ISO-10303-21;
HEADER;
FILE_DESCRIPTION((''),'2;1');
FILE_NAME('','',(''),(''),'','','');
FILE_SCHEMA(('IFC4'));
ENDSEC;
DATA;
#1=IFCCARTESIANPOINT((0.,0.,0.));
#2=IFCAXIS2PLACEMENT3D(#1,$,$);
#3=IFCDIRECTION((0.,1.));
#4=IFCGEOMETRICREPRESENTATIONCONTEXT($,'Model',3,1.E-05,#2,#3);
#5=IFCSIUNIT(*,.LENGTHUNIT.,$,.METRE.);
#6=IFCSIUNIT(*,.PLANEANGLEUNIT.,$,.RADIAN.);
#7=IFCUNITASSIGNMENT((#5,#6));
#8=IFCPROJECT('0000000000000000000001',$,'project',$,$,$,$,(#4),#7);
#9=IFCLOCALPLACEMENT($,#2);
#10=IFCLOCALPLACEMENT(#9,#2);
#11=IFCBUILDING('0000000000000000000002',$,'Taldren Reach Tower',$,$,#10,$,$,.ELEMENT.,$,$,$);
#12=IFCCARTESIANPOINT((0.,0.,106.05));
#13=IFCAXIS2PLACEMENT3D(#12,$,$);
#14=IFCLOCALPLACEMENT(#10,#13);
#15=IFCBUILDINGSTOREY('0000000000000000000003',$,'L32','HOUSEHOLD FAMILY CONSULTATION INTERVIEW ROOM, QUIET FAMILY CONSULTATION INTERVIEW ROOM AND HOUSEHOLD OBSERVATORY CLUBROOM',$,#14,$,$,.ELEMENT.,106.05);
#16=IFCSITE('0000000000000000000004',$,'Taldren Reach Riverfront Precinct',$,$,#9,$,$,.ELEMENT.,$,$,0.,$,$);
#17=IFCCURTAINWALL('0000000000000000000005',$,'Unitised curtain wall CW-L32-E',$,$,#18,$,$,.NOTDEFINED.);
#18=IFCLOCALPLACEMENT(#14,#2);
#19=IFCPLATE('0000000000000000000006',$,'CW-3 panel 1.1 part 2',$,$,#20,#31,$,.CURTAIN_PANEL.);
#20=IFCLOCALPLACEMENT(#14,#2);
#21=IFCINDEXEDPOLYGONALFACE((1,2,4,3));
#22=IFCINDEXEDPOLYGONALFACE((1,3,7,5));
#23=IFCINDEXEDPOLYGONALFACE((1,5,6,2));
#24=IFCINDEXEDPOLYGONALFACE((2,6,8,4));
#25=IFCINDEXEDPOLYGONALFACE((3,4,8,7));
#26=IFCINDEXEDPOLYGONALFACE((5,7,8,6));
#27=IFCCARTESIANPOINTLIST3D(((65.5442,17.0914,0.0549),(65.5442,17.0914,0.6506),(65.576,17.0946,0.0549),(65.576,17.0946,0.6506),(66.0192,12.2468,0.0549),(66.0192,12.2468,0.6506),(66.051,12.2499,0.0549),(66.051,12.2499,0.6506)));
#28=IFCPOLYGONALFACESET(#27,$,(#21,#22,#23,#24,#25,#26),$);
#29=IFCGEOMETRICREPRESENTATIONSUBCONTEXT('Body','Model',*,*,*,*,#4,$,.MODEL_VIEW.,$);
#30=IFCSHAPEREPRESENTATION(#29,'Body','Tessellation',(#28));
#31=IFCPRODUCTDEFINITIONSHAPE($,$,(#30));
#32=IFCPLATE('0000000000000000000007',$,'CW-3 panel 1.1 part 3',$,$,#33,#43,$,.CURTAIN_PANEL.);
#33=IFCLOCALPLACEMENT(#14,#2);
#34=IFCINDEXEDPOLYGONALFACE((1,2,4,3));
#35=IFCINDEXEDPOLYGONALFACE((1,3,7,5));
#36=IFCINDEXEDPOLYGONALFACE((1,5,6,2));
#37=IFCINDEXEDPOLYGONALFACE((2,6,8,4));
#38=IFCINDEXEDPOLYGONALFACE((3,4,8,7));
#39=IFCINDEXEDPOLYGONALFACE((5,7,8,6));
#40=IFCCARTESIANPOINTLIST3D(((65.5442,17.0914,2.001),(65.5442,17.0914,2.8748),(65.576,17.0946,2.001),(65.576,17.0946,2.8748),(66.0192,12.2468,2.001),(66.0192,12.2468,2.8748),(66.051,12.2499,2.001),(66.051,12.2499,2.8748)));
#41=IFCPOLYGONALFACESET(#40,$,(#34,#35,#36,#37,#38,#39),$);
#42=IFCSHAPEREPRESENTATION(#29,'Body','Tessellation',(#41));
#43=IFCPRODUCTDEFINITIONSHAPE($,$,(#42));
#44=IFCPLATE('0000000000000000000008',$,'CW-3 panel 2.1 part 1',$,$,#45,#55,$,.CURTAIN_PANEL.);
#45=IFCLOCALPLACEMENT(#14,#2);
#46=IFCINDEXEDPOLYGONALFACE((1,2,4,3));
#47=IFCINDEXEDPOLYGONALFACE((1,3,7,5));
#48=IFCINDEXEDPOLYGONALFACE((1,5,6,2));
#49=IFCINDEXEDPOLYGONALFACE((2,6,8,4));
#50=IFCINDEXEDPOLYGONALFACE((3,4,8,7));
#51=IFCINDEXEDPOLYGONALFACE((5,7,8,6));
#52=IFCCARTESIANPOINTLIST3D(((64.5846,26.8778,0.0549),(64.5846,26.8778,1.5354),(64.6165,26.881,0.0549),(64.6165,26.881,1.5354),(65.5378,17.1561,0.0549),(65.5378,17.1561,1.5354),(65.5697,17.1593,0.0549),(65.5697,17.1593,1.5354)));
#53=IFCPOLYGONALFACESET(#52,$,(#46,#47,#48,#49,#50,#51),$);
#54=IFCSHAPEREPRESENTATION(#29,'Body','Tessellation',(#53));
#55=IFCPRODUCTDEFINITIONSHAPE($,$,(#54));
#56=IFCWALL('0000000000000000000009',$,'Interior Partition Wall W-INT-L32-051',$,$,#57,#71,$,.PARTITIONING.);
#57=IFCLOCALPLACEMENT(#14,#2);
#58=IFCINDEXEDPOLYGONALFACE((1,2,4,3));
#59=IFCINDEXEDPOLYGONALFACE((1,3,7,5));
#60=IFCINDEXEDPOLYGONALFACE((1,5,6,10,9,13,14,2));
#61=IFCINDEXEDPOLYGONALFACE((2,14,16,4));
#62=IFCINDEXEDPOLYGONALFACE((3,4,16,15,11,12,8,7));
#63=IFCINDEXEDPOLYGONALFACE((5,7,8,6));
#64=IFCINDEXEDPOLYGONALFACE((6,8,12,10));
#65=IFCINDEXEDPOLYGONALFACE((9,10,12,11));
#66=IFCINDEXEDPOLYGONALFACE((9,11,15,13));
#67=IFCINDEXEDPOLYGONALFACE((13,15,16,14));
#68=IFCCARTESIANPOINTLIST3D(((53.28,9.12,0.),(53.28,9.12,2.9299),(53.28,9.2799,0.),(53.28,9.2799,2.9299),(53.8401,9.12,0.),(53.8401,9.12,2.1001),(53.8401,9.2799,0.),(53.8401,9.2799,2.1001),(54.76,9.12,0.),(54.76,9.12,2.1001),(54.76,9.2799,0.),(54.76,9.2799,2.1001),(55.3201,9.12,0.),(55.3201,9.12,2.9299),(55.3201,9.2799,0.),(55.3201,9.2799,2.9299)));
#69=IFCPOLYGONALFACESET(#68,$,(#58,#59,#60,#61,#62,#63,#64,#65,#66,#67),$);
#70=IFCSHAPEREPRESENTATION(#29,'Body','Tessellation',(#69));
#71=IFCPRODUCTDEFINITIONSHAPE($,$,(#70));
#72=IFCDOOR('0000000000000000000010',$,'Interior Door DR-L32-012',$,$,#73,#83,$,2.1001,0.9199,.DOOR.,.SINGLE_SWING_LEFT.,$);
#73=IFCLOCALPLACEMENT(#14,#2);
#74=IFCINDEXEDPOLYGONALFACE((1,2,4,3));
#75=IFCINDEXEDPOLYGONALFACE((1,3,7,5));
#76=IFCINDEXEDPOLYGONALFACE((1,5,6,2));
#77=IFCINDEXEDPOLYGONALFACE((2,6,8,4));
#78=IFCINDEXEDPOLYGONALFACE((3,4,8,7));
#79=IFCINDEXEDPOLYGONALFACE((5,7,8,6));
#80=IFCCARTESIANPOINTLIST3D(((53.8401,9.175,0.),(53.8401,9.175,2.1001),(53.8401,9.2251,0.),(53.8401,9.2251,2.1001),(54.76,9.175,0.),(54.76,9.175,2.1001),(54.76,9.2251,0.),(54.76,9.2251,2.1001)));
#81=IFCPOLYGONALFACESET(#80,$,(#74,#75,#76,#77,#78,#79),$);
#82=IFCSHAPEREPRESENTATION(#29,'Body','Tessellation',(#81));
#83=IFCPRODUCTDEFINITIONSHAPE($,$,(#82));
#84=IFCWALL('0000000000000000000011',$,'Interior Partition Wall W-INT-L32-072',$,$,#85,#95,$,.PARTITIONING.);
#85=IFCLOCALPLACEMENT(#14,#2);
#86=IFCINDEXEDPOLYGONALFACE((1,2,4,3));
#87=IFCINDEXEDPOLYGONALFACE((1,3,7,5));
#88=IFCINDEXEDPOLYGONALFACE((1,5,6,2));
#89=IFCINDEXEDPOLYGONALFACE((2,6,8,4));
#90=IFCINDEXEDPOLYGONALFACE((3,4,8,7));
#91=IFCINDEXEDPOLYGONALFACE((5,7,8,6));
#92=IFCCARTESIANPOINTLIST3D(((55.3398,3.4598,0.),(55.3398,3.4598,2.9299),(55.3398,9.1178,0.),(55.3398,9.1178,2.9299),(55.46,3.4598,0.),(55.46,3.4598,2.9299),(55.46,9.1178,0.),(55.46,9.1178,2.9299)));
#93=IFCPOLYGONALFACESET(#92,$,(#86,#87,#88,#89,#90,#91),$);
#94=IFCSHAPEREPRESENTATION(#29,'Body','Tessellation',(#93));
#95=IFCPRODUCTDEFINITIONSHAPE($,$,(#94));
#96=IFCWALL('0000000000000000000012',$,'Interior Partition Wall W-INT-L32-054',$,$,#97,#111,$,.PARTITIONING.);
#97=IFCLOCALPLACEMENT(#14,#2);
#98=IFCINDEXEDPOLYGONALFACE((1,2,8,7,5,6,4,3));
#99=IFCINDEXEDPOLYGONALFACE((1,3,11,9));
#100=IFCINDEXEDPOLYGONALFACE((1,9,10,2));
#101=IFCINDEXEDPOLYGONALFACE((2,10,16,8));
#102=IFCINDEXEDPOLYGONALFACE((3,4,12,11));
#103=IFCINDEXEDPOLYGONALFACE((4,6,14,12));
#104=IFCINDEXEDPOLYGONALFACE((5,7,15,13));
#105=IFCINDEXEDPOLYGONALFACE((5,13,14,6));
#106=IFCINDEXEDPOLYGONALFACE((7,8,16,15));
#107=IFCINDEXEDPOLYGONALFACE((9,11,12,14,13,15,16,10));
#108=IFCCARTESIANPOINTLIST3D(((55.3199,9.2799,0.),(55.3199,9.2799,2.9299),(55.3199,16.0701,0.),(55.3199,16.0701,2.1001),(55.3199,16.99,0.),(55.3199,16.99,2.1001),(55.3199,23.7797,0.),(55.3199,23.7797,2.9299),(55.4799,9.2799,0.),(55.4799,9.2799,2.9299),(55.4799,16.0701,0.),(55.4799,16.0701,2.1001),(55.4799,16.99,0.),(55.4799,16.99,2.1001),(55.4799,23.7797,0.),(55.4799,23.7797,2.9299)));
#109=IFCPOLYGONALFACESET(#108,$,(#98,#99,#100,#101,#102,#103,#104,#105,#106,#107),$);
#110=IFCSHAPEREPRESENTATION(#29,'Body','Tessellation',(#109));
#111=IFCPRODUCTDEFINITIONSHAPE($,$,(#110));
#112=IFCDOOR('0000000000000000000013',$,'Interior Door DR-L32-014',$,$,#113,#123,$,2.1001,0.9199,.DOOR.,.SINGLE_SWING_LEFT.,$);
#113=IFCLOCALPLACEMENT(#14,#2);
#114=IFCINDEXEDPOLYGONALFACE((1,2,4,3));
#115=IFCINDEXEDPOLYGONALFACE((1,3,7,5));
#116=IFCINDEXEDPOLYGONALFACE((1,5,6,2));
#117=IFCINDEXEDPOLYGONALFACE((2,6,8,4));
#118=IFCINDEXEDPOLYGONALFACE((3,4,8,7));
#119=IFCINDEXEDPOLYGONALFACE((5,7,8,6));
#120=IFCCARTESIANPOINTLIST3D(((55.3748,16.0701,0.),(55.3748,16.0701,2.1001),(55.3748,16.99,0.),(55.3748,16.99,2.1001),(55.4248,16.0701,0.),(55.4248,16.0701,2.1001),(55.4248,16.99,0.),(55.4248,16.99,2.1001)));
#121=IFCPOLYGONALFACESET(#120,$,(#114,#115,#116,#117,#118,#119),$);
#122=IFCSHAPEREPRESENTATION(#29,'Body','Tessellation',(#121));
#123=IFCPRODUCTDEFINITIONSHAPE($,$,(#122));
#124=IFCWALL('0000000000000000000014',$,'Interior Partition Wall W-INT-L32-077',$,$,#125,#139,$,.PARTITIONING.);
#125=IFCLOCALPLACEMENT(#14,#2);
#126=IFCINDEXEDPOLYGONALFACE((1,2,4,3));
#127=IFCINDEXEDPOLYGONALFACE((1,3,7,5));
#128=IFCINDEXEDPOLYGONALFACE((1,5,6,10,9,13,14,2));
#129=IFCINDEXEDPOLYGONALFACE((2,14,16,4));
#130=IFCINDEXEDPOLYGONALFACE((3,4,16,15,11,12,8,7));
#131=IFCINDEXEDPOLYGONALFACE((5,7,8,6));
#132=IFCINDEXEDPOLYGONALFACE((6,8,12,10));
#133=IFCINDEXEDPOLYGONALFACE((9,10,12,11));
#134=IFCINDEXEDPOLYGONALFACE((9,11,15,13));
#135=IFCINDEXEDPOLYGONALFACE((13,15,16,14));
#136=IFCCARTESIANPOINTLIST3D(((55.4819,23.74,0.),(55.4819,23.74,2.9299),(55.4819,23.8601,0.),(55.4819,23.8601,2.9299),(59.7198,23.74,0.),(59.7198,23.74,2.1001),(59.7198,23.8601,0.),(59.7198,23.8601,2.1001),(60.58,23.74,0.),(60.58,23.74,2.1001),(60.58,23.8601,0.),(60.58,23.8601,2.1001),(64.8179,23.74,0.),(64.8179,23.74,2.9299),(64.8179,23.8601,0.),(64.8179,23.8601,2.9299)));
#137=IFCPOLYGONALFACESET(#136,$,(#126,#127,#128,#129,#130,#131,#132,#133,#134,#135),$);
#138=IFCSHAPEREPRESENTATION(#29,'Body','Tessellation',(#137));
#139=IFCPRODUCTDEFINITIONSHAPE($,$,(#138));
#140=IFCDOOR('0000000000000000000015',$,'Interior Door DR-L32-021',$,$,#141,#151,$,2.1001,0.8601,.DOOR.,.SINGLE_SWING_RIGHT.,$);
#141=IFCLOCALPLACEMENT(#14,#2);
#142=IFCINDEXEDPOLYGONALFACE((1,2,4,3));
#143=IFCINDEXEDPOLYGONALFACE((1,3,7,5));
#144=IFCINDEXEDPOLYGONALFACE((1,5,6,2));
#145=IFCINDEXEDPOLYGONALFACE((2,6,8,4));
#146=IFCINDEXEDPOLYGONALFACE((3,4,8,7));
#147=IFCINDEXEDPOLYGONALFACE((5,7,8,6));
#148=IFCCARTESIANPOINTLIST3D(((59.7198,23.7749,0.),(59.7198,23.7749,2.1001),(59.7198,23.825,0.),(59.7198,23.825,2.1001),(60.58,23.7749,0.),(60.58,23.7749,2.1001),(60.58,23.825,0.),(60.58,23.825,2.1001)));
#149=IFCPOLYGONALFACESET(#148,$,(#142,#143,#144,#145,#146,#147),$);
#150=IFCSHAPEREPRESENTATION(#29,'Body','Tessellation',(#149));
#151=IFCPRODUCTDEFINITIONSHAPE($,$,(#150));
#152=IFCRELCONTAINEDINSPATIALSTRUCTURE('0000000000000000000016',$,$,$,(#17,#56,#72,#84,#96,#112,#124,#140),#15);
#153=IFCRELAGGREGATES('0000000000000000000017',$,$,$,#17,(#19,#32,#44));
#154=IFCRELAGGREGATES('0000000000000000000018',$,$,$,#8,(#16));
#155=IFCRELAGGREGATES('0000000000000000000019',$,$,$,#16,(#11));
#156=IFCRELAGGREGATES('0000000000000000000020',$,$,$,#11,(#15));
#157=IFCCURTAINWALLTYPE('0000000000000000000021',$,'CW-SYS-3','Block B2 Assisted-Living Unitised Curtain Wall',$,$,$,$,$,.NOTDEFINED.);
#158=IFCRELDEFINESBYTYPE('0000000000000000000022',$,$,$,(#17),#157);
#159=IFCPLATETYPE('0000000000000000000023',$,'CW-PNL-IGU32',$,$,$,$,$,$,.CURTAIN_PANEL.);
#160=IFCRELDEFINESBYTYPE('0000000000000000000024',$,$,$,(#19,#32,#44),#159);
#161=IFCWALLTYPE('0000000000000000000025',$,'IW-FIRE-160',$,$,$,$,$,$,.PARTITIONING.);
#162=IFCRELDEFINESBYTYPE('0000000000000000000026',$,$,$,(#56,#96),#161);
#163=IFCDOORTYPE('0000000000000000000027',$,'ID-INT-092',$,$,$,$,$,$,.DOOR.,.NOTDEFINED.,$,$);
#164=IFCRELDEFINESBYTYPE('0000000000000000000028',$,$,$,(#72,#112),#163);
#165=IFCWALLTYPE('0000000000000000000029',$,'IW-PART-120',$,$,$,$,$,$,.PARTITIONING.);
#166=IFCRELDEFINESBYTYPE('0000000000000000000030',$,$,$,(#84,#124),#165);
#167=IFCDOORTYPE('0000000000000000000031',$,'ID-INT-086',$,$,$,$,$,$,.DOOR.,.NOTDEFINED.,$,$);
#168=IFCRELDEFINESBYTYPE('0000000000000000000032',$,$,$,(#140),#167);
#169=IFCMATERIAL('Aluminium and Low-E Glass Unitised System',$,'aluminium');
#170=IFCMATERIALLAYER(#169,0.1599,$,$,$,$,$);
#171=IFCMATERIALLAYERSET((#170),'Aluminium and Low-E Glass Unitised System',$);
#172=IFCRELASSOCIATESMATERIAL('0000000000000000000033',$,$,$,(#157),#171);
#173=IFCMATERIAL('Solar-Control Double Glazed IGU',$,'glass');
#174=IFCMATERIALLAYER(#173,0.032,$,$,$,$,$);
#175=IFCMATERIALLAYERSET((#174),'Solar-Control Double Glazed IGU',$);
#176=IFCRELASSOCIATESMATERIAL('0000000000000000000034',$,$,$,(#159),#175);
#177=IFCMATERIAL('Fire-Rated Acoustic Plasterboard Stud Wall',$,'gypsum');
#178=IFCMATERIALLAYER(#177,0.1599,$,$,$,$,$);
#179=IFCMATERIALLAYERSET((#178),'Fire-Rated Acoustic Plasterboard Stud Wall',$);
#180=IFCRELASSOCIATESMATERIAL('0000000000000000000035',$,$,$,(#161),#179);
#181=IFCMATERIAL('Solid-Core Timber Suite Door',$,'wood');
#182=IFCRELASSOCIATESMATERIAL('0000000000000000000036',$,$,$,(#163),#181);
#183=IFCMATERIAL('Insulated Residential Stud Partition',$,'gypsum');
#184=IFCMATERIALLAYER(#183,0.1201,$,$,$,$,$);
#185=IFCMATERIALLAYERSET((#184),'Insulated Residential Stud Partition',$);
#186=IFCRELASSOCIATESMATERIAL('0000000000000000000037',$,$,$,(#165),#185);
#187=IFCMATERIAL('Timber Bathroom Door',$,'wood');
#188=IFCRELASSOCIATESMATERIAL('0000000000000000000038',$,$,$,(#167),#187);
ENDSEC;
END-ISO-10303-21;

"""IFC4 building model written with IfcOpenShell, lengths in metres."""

from ifc_helpers import new_model, si_unit, direction, frame, frame_2d, origin, origin_2d, place, context, subcontext, project, spatial, rectangle, extrude, source, transform, mapped, material, layer, layer_set, type_object, element, fill, aggregate, save


model = new_model("IFC4")

# Units and contexts
model_context = context("Model", 3, precision=1e-05, world=origin(), true_north=direction((0.0, 1.0)))
body_context = subcontext(model_context, "Body", "Model", "MODEL_VIEW")
ifc_project = project(units=[si_unit("LENGTHUNIT", "METRE"), si_unit("PLANEANGLEUNIT", "RADIAN")], contexts=[model_context])

# Site, building, storey
site_placement = place(None, origin())
site = spatial("IfcSite", under=ifc_project, at=site_placement, Name="Taldren Reach Riverfront Precinct", CompositionType="ELEMENT", RefElevation=0.0)
building_placement = place(site_placement, origin())
building = spatial("IfcBuilding", under=site, at=building_placement, Name="Taldren Reach Tower", CompositionType="ELEMENT")
storey_placement = place(building_placement, frame((0.0, 0.0, 106.05)))
storey = spatial("IfcBuildingStorey", under=building, at=storey_placement, Name="L32", Description="HOUSEHOLD FAMILY CONSULTATION INTERVIEW ROOM, QUIET FAMILY CONSULTATION INTERVIEW ROOM AND HOUSEHOLD OBSERVATORY CLUBROOM", CompositionType="ELEMENT", Elevation=106.05)

# Curtain wall
ifc_material_1 = material(Name="Aluminium and Low-E Glass Unitised System", Category="aluminium")
ifc_layer_1 = layer(ifc_material_1, 0.1599)
ifc_layer_set_1 = layer_set([ifc_layer_1], Name="Aluminium and Low-E Glass Unitised System")
curtain_wall_type = type_object("IfcCurtainWallType", Name="CW-SYS-3", Description="Block B2 Assisted-Living Unitised Curtain Wall", PredefinedType="NOTDEFINED", material=ifc_layer_set_1)
curtain_wall_placement = place(storey_placement, origin())
curtain_wall = element("IfcCurtainWall", 1, at=curtain_wall_placement, inside=storey, type_object=curtain_wall_type, Name="Unitised curtain wall CW-L32-E", PredefinedType="NOTDEFINED")

# Plates
ifc_material_2 = material(Name="Solar-Control Double Glazed IGU", Category="glass")
ifc_layer_2 = layer(ifc_material_2, 0.032)
ifc_layer_set_2 = layer_set([ifc_layer_2], Name="Solar-Control Double Glazed IGU")
plate_type_1 = type_object("IfcPlateType", Name="CW-PNL-IGU32", PredefinedType="CURTAIN_PANEL", material=ifc_layer_set_2)
shared_shape_1 = source(origin(), body_context, "Body", "SweptSolid", [
    extrude(rectangle(XDim=4.8679, YDim=0.032, at=origin_2d()), origin(), (0.0, 0.0, 1.0), 0.5957),
])
plate_1_placement = place(storey_placement, frame((65.7976, 14.6707, 0.0549), z_axis=(0.0, 0.0, 1.0), x_axis=(-0.097583, 0.995227, 0.0)))
plate_1 = element("IfcPlate", 2, at=plate_1_placement, type_object=plate_type_1, Name="CW-3 panel 1.1 part 2", PredefinedType="CURTAIN_PANEL", context=body_context, shape_type="MappedRepresentation", body=[
    mapped(shared_shape_1, transform((0.0, 0.0, 0.0), scale=1.0)),
])
shared_shape_2 = source(origin(), body_context, "Body", "SweptSolid", [
    extrude(rectangle(XDim=4.8679, YDim=0.032, at=origin_2d()), origin(), (0.0, 0.0, 1.0), 0.8738),
])
plate_2_placement = place(storey_placement, frame((65.7976, 14.6707, 2.001), z_axis=(0.0, 0.0, 1.0), x_axis=(-0.097583, 0.995227, 0.0)))
plate_2 = element("IfcPlate", 3, at=plate_2_placement, type_object=plate_type_1, Name="CW-3 panel 1.1 part 3", PredefinedType="CURTAIN_PANEL", context=body_context, shape_type="MappedRepresentation", body=[
    mapped(shared_shape_2, transform((0.0, 0.0, 0.0), scale=1.0)),
])
shared_shape_3 = source(origin(), body_context, "Body", "SweptSolid", [
    extrude(rectangle(XDim=9.7683, YDim=0.032, at=origin_2d()), origin(), (0.0, 0.0, 1.0), 1.4805),
])
plate_3_placement = place(storey_placement, frame((65.0771, 22.0186, 0.0549), z_axis=(0.0, 0.0, 1.0), x_axis=(-0.097583, 0.995227, 0.0)))
plate_3 = element("IfcPlate", 4, at=plate_3_placement, type_object=plate_type_1, Name="CW-3 panel 2.1 part 1", PredefinedType="CURTAIN_PANEL", context=body_context, shape_type="MappedRepresentation", body=[
    mapped(shared_shape_3, transform((0.0, 0.0, 0.0), scale=1.0)),
])
aggregate(curtain_wall, [plate_1, plate_2, plate_3])

# Wall, opening, door
ifc_material_3 = material(Name="Fire-Rated Acoustic Plasterboard Stud Wall", Category="gypsum")
ifc_layer_3 = layer(ifc_material_3, 0.1599)
ifc_layer_set_3 = layer_set([ifc_layer_3], Name="Fire-Rated Acoustic Plasterboard Stud Wall")
wall_type_1 = type_object("IfcWallType", Name="IW-FIRE-160", PredefinedType="PARTITIONING", material=ifc_layer_set_3)
shared_shape_4 = source(origin(), body_context, "Body", "SweptSolid", [
    extrude(rectangle(XDim=2.04, YDim=0.1599, at=frame_2d((1.02, 0.0))), origin(), (0.0, 0.0, 1.0), 2.9299),
])
wall_1_placement = place(storey_placement, frame((55.3201, 9.2, 0.0), z_axis=(0.0, 0.0, 1.0), x_axis=(-1.0, 0.0, 0.0)))
wall_1 = element("IfcWall", 5, at=wall_1_placement, inside=storey, type_object=wall_type_1, Name="Interior Partition Wall W-INT-L32-051", PredefinedType="PARTITIONING", context=body_context, shape_type="MappedRepresentation", body=[
    mapped(shared_shape_4, transform((0.0, 0.0, 0.0), scale=1.0)),
])
shared_shape_5 = source(origin(), body_context, "Body", "SweptSolid", [
    extrude(rectangle(XDim=0.9199, YDim=2.1001, at=frame_2d((0.46, 1.05))), frame((0.0, 0.0898, 0.0), z_axis=(0.0, -1.0, 0.0), x_axis=(1.0, 0.0, 0.0)), (0.0, 0.0, 1.0), 0.1799),
])
opening_1_placement = place(wall_1_placement, frame((0.5601, 0.0, 0.0)))
opening_1 = element("IfcOpeningElement", 6, at=opening_1_placement, cuts=wall_1, PredefinedType="OPENING", context=body_context, shape_type="MappedRepresentation", body=[
    mapped(shared_shape_5, transform((0.0, 0.0, 0.0), scale=1.0)),
])
ifc_material_4 = material(Name="Solid-Core Timber Suite Door", Category="wood")
door_type_1 = type_object("IfcDoorType", Name="ID-INT-092", OperationType="NOTDEFINED", PredefinedType="DOOR", material=ifc_material_4)
shared_shape_6 = source(origin(), body_context, "Body", "SweptSolid", [
    extrude(rectangle(XDim=0.9199, YDim=2.1001, at=frame_2d((0.46, 1.05))), frame((0.0, 0.0249, 0.0), z_axis=(0.0, -1.0, 0.0), x_axis=(1.0, 0.0, 0.0)), (0.0, 0.0, 1.0), 0.05),
])
door_1_placement = place(opening_1_placement, origin())
door_1 = element("IfcDoor", 7, at=door_1_placement, inside=storey, type_object=door_type_1, Name="Interior Door DR-L32-012", OperationType="SINGLE_SWING_LEFT", OverallHeight=2.1001, OverallWidth=0.9199, PredefinedType="DOOR", context=body_context, shape_type="MappedRepresentation", body=[
    mapped(shared_shape_6, transform((0.0, 0.0, 0.0), scale=1.0)),
])
fill(opening_1, door_1)

# Wall
ifc_material_5 = material(Name="Insulated Residential Stud Partition", Category="gypsum")
ifc_layer_4 = layer(ifc_material_5, 0.1201)
ifc_layer_set_4 = layer_set([ifc_layer_4], Name="Insulated Residential Stud Partition")
wall_type_2 = type_object("IfcWallType", Name="IW-PART-120", PredefinedType="PARTITIONING", material=ifc_layer_set_4)
shared_shape_7 = source(origin(), body_context, "Body", "SweptSolid", [
    extrude(rectangle(XDim=5.658, YDim=0.1201, at=frame_2d((2.8291, 0.0))), origin(), (0.0, 0.0, 1.0), 2.9299),
])
wall_2_placement = place(storey_placement, frame((55.3999, 9.1179, 0.0), z_axis=(0.0, 0.0, 1.0), x_axis=(0.0, -1.0, 0.0)))
element("IfcWall", 8, at=wall_2_placement, inside=storey, type_object=wall_type_2, Name="Interior Partition Wall W-INT-L32-072", PredefinedType="PARTITIONING", context=body_context, shape_type="MappedRepresentation", body=[
    mapped(shared_shape_7, transform((0.0, 0.0, 0.0), scale=1.0)),
])

# Walls, openings, doors
shared_shape_8 = source(origin(), body_context, "Body", "SweptSolid", [
    extrude(rectangle(XDim=14.4998, YDim=0.1599, at=frame_2d((7.25, 0.0))), origin(), (0.0, 0.0, 1.0), 2.9299),
])
wall_3_placement = place(storey_placement, frame((55.3999, 23.7798, 0.0), z_axis=(0.0, 0.0, 1.0), x_axis=(0.0, -1.0, 0.0)))
wall_3 = element("IfcWall", 9, at=wall_3_placement, inside=storey, type_object=wall_type_1, Name="Interior Partition Wall W-INT-L32-054", PredefinedType="PARTITIONING", context=body_context, shape_type="MappedRepresentation", body=[
    mapped(shared_shape_8, transform((0.0, 0.0, 0.0), scale=1.0)),
])
opening_2_placement = place(wall_3_placement, frame((6.7898, 0.0, 0.0)))
opening_2 = element("IfcOpeningElement", 10, at=opening_2_placement, cuts=wall_3, PredefinedType="OPENING", context=body_context, shape_type="MappedRepresentation", body=[
    mapped(shared_shape_5, transform((0.0, 0.0, 0.0), scale=1.0)),
])
door_2_placement = place(opening_2_placement, origin())
door_2 = element("IfcDoor", 11, at=door_2_placement, inside=storey, type_object=door_type_1, Name="Interior Door DR-L32-014", OperationType="SINGLE_SWING_LEFT", OverallHeight=2.1001, OverallWidth=0.9199, PredefinedType="DOOR", context=body_context, shape_type="MappedRepresentation", body=[
    mapped(shared_shape_6, transform((0.0, 0.0, 0.0), scale=1.0)),
])
fill(opening_2, door_2)
shared_shape_9 = source(origin(), body_context, "Body", "SweptSolid", [
    extrude(rectangle(XDim=9.3359, YDim=0.1201, at=frame_2d((4.668, 0.0))), origin(), (0.0, 0.0, 1.0), 2.9299),
])
wall_4_placement = place(storey_placement, frame((55.4819, 23.8, 0.0), z_axis=(0.0, 0.0, 1.0), x_axis=(1.0, 0.0, 0.0)))
wall_4 = element("IfcWall", 12, at=wall_4_placement, inside=storey, type_object=wall_type_2, Name="Interior Partition Wall W-INT-L32-077", PredefinedType="PARTITIONING", context=body_context, shape_type="MappedRepresentation", body=[
    mapped(shared_shape_9, transform((0.0, 0.0, 0.0), scale=1.0)),
])
shared_shape_10 = source(origin(), body_context, "Body", "SweptSolid", [
    extrude(rectangle(XDim=0.8601, YDim=2.1001, at=frame_2d((0.4302, 1.05))), frame((0.0, 0.0701, 0.0), z_axis=(0.0, -1.0, 0.0), x_axis=(1.0, 0.0, 0.0)), (0.0, 0.0, 1.0), 0.1401),
])
opening_3_placement = place(wall_4_placement, frame((4.2378, 0.0, 0.0)))
opening_3 = element("IfcOpeningElement", 13, at=opening_3_placement, cuts=wall_4, PredefinedType="OPENING", context=body_context, shape_type="MappedRepresentation", body=[
    mapped(shared_shape_10, transform((0.0, 0.0, 0.0), scale=1.0)),
])
ifc_material_6 = material(Name="Timber Bathroom Door", Category="wood")
door_type_2 = type_object("IfcDoorType", Name="ID-INT-086", OperationType="NOTDEFINED", PredefinedType="DOOR", material=ifc_material_6)
shared_shape_11 = source(origin(), body_context, "Body", "SweptSolid", [
    extrude(rectangle(XDim=0.8601, YDim=2.1001, at=frame_2d((0.4302, 1.05))), frame((0.0, 0.0249, 0.0), z_axis=(0.0, -1.0, 0.0), x_axis=(1.0, 0.0, 0.0)), (0.0, 0.0, 1.0), 0.05),
])
door_3_placement = place(opening_3_placement, origin())
door_3 = element("IfcDoor", 14, at=door_3_placement, inside=storey, type_object=door_type_2, Name="Interior Door DR-L32-021", OperationType="SINGLE_SWING_RIGHT", OverallHeight=2.1001, OverallWidth=0.8601, PredefinedType="DOOR", context=body_context, shape_type="MappedRepresentation", body=[
    mapped(shared_shape_11, transform((0.0, 0.0, 0.0), scale=1.0)),
])
fill(opening_3, door_3)

save(model, "model.ifc")
